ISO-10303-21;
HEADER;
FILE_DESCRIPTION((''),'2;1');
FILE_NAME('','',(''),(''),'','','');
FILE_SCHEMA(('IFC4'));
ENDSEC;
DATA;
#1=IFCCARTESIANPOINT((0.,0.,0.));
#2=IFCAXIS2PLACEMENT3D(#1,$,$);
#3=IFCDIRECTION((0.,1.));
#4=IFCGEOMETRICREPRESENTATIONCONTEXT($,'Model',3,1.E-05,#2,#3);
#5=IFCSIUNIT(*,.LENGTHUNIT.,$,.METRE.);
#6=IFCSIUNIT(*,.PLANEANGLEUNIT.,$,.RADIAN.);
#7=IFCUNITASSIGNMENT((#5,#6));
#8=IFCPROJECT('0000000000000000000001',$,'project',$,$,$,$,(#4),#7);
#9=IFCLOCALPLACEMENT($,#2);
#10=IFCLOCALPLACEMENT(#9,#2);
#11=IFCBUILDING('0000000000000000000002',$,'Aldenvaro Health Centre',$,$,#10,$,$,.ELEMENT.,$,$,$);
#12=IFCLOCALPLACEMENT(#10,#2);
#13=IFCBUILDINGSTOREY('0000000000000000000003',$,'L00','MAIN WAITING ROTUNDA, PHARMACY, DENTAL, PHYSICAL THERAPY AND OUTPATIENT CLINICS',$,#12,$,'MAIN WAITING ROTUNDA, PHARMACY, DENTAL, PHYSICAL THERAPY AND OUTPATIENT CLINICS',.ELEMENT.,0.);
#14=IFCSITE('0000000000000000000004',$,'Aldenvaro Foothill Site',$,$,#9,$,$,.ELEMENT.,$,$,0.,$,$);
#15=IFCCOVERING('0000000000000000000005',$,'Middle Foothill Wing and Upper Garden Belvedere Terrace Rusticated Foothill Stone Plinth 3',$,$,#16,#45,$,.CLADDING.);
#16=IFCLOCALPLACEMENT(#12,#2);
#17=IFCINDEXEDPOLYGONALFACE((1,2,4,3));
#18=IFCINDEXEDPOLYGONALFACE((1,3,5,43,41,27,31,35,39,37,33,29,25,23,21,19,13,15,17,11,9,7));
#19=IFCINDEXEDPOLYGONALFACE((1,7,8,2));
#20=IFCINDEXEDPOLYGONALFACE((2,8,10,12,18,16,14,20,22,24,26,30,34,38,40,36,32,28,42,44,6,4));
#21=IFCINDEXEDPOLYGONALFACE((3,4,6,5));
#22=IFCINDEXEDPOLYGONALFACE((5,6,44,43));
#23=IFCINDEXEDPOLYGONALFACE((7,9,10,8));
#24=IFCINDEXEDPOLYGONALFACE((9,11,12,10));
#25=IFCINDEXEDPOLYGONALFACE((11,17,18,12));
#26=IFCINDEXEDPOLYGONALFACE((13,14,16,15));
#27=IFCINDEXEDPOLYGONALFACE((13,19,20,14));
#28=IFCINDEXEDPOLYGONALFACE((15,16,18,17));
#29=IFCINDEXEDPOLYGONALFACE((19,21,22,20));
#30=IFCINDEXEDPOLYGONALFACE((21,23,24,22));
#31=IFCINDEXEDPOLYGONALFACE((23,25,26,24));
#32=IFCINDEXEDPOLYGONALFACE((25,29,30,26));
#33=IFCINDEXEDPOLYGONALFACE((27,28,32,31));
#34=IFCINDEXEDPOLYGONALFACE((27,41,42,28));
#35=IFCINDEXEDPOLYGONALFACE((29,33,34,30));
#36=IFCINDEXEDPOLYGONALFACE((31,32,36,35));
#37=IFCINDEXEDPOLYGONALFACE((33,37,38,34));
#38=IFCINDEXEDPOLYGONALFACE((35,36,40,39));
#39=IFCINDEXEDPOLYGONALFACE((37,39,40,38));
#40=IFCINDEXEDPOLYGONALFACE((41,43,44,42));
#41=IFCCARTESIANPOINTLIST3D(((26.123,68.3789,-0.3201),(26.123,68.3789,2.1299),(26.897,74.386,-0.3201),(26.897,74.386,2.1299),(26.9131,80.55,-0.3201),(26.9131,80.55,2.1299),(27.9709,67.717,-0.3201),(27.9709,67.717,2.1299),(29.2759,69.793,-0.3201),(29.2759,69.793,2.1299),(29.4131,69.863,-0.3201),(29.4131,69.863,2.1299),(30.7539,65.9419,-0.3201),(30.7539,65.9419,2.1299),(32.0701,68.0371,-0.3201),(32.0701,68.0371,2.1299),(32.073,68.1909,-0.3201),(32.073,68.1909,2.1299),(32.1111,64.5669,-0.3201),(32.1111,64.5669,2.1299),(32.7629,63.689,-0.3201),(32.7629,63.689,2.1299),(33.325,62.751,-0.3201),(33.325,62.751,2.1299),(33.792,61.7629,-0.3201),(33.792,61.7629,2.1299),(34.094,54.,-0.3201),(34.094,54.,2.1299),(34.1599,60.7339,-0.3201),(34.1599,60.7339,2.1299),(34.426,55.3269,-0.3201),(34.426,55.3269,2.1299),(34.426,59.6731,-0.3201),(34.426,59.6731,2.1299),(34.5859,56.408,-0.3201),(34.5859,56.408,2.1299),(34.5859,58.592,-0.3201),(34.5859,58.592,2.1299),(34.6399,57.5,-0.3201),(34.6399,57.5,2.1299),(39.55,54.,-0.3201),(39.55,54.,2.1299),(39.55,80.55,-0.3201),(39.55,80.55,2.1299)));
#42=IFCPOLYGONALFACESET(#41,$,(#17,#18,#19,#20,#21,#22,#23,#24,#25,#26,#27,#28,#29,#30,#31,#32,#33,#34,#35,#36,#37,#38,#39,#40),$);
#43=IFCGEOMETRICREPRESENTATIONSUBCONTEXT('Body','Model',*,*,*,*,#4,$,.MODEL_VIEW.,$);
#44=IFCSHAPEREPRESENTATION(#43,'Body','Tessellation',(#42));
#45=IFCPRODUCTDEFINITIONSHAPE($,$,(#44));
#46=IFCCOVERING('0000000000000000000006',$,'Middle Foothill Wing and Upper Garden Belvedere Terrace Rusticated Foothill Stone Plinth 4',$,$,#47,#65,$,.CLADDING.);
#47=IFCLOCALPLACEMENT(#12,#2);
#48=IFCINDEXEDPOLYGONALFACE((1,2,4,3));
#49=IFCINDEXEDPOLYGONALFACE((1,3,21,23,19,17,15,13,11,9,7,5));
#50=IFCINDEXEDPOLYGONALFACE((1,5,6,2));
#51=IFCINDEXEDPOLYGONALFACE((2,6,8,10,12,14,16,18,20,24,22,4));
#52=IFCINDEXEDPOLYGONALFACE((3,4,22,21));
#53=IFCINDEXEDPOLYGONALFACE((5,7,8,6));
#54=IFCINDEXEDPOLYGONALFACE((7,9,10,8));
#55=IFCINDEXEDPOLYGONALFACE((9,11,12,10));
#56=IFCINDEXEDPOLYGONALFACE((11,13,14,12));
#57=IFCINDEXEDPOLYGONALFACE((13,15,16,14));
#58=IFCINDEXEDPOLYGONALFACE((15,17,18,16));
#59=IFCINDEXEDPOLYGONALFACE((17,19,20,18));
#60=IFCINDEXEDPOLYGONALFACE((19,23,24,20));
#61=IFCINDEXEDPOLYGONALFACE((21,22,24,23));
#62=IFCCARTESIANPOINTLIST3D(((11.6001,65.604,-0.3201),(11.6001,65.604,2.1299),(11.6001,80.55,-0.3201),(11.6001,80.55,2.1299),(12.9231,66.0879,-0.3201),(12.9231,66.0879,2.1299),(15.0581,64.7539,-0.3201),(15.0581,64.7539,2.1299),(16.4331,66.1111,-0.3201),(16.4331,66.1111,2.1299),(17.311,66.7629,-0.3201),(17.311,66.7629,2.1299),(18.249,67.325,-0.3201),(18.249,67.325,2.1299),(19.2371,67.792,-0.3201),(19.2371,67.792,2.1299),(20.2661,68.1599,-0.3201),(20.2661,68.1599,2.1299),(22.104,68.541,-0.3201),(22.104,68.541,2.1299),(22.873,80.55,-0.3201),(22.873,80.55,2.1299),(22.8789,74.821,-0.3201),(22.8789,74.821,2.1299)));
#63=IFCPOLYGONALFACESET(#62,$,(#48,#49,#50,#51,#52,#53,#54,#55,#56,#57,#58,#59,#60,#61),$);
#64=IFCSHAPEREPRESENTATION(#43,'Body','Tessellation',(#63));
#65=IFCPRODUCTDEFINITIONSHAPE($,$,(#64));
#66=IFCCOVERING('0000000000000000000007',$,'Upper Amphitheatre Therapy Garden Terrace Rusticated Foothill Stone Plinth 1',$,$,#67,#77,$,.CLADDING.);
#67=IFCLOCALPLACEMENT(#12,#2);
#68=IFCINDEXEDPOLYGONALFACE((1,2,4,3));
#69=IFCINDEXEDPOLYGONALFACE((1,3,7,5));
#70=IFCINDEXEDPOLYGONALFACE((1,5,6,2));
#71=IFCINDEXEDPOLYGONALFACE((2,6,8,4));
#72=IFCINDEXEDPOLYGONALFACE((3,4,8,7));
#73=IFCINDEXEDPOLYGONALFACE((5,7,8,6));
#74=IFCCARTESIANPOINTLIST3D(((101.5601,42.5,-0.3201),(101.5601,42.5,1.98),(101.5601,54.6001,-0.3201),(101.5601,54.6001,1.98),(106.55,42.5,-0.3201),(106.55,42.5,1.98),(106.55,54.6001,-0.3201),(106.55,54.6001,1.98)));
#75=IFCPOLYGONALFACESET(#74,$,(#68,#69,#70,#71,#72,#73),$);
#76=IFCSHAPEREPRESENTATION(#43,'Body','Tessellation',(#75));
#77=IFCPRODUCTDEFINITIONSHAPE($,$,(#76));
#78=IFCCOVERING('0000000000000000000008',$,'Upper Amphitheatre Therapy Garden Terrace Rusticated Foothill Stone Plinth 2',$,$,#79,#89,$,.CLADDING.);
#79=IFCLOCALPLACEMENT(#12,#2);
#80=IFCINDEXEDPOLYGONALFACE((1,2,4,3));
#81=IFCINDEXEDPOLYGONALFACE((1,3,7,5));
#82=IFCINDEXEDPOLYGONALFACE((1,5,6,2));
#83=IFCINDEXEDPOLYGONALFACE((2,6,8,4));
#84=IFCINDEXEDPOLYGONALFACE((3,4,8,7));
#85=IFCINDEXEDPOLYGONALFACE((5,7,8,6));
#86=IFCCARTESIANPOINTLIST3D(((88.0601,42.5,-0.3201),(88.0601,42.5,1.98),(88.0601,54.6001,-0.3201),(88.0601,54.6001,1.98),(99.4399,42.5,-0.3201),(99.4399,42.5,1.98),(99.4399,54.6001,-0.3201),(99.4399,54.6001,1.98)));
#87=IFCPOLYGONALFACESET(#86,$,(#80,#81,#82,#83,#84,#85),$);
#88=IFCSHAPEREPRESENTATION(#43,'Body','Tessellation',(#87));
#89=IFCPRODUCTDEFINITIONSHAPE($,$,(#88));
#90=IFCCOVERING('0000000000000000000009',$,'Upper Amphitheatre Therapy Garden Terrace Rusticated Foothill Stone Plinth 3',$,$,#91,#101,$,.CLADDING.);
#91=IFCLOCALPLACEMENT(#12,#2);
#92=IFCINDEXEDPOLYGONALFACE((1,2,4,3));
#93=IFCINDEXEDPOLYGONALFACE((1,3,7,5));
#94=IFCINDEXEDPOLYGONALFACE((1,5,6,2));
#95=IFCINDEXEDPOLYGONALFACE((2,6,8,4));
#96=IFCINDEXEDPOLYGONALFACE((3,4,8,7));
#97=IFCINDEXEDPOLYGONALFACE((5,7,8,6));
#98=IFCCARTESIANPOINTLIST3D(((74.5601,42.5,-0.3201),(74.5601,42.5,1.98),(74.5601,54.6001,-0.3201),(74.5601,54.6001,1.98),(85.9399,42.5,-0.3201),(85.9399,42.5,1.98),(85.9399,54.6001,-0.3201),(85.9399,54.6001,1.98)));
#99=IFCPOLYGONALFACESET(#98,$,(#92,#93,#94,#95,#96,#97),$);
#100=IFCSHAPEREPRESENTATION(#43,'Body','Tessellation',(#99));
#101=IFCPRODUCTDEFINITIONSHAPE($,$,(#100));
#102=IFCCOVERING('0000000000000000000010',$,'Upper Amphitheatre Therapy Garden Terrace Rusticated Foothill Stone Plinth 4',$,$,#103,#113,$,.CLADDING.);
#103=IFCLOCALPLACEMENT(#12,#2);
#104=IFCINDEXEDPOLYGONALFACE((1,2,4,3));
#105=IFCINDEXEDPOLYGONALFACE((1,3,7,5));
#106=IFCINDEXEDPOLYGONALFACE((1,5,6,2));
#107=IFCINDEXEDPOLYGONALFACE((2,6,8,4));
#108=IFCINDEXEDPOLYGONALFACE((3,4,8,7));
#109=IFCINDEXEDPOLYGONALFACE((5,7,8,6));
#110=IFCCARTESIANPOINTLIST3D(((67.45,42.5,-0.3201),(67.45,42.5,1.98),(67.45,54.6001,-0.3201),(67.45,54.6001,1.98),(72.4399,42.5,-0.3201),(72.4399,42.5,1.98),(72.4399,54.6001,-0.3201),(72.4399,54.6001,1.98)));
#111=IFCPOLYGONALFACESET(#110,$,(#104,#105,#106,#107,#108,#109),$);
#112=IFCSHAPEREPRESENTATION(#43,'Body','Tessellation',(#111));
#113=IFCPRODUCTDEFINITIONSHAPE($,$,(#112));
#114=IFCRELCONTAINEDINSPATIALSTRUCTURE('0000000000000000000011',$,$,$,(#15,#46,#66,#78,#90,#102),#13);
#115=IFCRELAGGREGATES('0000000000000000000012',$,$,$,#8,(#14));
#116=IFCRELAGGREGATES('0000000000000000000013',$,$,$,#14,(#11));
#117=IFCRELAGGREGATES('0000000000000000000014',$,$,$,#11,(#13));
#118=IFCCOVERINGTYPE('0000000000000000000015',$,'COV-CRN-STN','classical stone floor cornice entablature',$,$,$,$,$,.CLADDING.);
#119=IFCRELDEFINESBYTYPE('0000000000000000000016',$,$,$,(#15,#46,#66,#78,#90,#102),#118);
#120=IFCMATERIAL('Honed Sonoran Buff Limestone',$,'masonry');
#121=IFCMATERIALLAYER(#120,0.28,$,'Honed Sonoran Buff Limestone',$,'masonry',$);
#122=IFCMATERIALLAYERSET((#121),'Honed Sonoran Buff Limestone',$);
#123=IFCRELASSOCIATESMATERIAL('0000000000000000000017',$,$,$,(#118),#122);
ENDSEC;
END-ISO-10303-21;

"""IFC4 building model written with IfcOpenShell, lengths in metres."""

from ifc_helpers import new_model, si_unit, direction, frame, origin, place, context, subcontext, project, spatial, polyline, outline, extrude, material, layer, layer_set, type_object, element, save


model = new_model("IFC4")

# Units and contexts
model_context = context("Model", 3, precision=1e-05, world=origin(), true_north=direction((0.0, 1.0)))
body_context = subcontext(model_context, "Body", "Model", "MODEL_VIEW")
ifc_project = project(units=[si_unit("LENGTHUNIT", "METRE"), si_unit("PLANEANGLEUNIT", "RADIAN")], contexts=[model_context])

# Site, building, storey
site_placement = place(None, origin())
site = spatial("IfcSite", under=ifc_project, at=site_placement, Name="Aldenvaro Foothill Site", CompositionType="ELEMENT", RefElevation=0.0)
building_placement = place(site_placement, origin())
building = spatial("IfcBuilding", under=site, at=building_placement, Name="Aldenvaro Health Centre", CompositionType="ELEMENT")
storey_placement = place(building_placement, origin())
storey = spatial("IfcBuildingStorey", under=building, at=storey_placement, Name="L00", Description="MAIN WAITING ROTUNDA, PHARMACY, DENTAL, PHYSICAL THERAPY AND OUTPATIENT CLINICS", LongName="MAIN WAITING ROTUNDA, PHARMACY, DENTAL, PHYSICAL THERAPY AND OUTPATIENT CLINICS", CompositionType="ELEMENT", Elevation=0.0)

# Coverings
ifc_material_1 = material(Name="Honed Sonoran Buff Limestone", Category="masonry")
ifc_layer_1 = layer(ifc_material_1, 0.28, Name="Honed Sonoran Buff Limestone", Category="masonry")
ifc_layer_set_1 = layer_set([ifc_layer_1], Name="Honed Sonoran Buff Limestone")
covering_type_1 = type_object("IfcCoveringType", Name="COV-CRN-STN", Description="classical stone floor cornice entablature", PredefinedType="CLADDING", material=ifc_layer_set_1)
covering_1_placement = place(storey_placement, frame((0.0, 0.0, -0.3201)))
element("IfcCovering", 1, at=covering_1_placement, inside=storey, type_object=covering_type_1, Name="Middle Foothill Wing and Upper Garden Belvedere Terrace Rusticated Foothill Stone Plinth 3", PredefinedType="CLADDING", context=body_context, shape_type="SweptSolid", body=[
    extrude(outline(polyline([(26.123, 68.3789), (26.897, 74.386), (26.9131, 80.55), (39.55, 80.55), (39.55, 54.0), (34.094, 54.0), (34.426, 55.3269), (34.5859, 56.408), (34.6399, 57.5), (34.5859, 58.592), (34.426, 59.6731), (34.1599, 60.7339), (33.792, 61.7629), (33.325, 62.751), (32.7629, 63.689), (32.1111, 64.5669), (30.7539, 65.9419), (32.0701, 68.0371), (32.073, 68.1909), (29.4131, 69.863), (29.2759, 69.793), (27.9709, 67.717), (26.123, 68.3789)])), origin(), (0.0, 0.0, 1.0), 2.45),
])
covering_2_placement = place(storey_placement, frame((0.0, 0.0, -0.3201)))
element("IfcCovering", 2, at=covering_2_placement, inside=storey, type_object=covering_type_1, Name="Middle Foothill Wing and Upper Garden Belvedere Terrace Rusticated Foothill Stone Plinth 4", PredefinedType="CLADDING", context=body_context, shape_type="SweptSolid", body=[
    extrude(outline(polyline([(11.6001, 80.55), (22.873, 80.55), (22.8789, 74.821), (22.104, 68.541), (20.2661, 68.1599), (19.2371, 67.792), (18.249, 67.325), (17.311, 66.7629), (16.4331, 66.1111), (15.0581, 64.7539), (12.9231, 66.0879), (11.6001, 65.604), (11.6001, 80.55)])), origin(), (0.0, 0.0, 1.0), 2.45),
])
covering_3_placement = place(storey_placement, frame((0.0, 0.0, -0.3201)))
element("IfcCovering", 3, at=covering_3_placement, inside=storey, type_object=covering_type_1, Name="Upper Amphitheatre Therapy Garden Terrace Rusticated Foothill Stone Plinth 1", PredefinedType="CLADDING", context=body_context, shape_type="SweptSolid", body=[
    extrude(outline(polyline([(106.55, 54.6001), (106.55, 42.5), (101.5601, 42.5), (101.5601, 54.6001), (106.55, 54.6001)])), origin(), (0.0, 0.0, 1.0), 2.3),
])
covering_4_placement = place(storey_placement, frame((0.0, 0.0, -0.3201)))
element("IfcCovering", 4, at=covering_4_placement, inside=storey, type_object=covering_type_1, Name="Upper Amphitheatre Therapy Garden Terrace Rusticated Foothill Stone Plinth 2", PredefinedType="CLADDING", context=body_context, shape_type="SweptSolid", body=[
    extrude(outline(polyline([(99.4399, 54.6001), (99.4399, 42.5), (88.0601, 42.5), (88.0601, 54.6001), (99.4399, 54.6001)])), origin(), (0.0, 0.0, 1.0), 2.3),
])
covering_5_placement = place(storey_placement, frame((0.0, 0.0, -0.3201)))
element("IfcCovering", 5, at=covering_5_placement, inside=storey, type_object=covering_type_1, Name="Upper Amphitheatre Therapy Garden Terrace Rusticated Foothill Stone Plinth 3", PredefinedType="CLADDING", context=body_context, shape_type="SweptSolid", body=[
    extrude(outline(polyline([(85.9399, 54.6001), (85.9399, 42.5), (74.5601, 42.5), (74.5601, 54.6001), (85.9399, 54.6001)])), origin(), (0.0, 0.0, 1.0), 2.3),
])
covering_6_placement = place(storey_placement, frame((0.0, 0.0, -0.3201)))
element("IfcCovering", 6, at=covering_6_placement, inside=storey, type_object=covering_type_1, Name="Upper Amphitheatre Therapy Garden Terrace Rusticated Foothill Stone Plinth 4", PredefinedType="CLADDING", context=body_context, shape_type="SweptSolid", body=[
    extrude(outline(polyline([(72.4399, 54.6001), (72.4399, 42.5), (67.45, 42.5), (67.45, 54.6001), (72.4399, 54.6001)])), origin(), (0.0, 0.0, 1.0), 2.3),
])

save(model, "model.ifc")
